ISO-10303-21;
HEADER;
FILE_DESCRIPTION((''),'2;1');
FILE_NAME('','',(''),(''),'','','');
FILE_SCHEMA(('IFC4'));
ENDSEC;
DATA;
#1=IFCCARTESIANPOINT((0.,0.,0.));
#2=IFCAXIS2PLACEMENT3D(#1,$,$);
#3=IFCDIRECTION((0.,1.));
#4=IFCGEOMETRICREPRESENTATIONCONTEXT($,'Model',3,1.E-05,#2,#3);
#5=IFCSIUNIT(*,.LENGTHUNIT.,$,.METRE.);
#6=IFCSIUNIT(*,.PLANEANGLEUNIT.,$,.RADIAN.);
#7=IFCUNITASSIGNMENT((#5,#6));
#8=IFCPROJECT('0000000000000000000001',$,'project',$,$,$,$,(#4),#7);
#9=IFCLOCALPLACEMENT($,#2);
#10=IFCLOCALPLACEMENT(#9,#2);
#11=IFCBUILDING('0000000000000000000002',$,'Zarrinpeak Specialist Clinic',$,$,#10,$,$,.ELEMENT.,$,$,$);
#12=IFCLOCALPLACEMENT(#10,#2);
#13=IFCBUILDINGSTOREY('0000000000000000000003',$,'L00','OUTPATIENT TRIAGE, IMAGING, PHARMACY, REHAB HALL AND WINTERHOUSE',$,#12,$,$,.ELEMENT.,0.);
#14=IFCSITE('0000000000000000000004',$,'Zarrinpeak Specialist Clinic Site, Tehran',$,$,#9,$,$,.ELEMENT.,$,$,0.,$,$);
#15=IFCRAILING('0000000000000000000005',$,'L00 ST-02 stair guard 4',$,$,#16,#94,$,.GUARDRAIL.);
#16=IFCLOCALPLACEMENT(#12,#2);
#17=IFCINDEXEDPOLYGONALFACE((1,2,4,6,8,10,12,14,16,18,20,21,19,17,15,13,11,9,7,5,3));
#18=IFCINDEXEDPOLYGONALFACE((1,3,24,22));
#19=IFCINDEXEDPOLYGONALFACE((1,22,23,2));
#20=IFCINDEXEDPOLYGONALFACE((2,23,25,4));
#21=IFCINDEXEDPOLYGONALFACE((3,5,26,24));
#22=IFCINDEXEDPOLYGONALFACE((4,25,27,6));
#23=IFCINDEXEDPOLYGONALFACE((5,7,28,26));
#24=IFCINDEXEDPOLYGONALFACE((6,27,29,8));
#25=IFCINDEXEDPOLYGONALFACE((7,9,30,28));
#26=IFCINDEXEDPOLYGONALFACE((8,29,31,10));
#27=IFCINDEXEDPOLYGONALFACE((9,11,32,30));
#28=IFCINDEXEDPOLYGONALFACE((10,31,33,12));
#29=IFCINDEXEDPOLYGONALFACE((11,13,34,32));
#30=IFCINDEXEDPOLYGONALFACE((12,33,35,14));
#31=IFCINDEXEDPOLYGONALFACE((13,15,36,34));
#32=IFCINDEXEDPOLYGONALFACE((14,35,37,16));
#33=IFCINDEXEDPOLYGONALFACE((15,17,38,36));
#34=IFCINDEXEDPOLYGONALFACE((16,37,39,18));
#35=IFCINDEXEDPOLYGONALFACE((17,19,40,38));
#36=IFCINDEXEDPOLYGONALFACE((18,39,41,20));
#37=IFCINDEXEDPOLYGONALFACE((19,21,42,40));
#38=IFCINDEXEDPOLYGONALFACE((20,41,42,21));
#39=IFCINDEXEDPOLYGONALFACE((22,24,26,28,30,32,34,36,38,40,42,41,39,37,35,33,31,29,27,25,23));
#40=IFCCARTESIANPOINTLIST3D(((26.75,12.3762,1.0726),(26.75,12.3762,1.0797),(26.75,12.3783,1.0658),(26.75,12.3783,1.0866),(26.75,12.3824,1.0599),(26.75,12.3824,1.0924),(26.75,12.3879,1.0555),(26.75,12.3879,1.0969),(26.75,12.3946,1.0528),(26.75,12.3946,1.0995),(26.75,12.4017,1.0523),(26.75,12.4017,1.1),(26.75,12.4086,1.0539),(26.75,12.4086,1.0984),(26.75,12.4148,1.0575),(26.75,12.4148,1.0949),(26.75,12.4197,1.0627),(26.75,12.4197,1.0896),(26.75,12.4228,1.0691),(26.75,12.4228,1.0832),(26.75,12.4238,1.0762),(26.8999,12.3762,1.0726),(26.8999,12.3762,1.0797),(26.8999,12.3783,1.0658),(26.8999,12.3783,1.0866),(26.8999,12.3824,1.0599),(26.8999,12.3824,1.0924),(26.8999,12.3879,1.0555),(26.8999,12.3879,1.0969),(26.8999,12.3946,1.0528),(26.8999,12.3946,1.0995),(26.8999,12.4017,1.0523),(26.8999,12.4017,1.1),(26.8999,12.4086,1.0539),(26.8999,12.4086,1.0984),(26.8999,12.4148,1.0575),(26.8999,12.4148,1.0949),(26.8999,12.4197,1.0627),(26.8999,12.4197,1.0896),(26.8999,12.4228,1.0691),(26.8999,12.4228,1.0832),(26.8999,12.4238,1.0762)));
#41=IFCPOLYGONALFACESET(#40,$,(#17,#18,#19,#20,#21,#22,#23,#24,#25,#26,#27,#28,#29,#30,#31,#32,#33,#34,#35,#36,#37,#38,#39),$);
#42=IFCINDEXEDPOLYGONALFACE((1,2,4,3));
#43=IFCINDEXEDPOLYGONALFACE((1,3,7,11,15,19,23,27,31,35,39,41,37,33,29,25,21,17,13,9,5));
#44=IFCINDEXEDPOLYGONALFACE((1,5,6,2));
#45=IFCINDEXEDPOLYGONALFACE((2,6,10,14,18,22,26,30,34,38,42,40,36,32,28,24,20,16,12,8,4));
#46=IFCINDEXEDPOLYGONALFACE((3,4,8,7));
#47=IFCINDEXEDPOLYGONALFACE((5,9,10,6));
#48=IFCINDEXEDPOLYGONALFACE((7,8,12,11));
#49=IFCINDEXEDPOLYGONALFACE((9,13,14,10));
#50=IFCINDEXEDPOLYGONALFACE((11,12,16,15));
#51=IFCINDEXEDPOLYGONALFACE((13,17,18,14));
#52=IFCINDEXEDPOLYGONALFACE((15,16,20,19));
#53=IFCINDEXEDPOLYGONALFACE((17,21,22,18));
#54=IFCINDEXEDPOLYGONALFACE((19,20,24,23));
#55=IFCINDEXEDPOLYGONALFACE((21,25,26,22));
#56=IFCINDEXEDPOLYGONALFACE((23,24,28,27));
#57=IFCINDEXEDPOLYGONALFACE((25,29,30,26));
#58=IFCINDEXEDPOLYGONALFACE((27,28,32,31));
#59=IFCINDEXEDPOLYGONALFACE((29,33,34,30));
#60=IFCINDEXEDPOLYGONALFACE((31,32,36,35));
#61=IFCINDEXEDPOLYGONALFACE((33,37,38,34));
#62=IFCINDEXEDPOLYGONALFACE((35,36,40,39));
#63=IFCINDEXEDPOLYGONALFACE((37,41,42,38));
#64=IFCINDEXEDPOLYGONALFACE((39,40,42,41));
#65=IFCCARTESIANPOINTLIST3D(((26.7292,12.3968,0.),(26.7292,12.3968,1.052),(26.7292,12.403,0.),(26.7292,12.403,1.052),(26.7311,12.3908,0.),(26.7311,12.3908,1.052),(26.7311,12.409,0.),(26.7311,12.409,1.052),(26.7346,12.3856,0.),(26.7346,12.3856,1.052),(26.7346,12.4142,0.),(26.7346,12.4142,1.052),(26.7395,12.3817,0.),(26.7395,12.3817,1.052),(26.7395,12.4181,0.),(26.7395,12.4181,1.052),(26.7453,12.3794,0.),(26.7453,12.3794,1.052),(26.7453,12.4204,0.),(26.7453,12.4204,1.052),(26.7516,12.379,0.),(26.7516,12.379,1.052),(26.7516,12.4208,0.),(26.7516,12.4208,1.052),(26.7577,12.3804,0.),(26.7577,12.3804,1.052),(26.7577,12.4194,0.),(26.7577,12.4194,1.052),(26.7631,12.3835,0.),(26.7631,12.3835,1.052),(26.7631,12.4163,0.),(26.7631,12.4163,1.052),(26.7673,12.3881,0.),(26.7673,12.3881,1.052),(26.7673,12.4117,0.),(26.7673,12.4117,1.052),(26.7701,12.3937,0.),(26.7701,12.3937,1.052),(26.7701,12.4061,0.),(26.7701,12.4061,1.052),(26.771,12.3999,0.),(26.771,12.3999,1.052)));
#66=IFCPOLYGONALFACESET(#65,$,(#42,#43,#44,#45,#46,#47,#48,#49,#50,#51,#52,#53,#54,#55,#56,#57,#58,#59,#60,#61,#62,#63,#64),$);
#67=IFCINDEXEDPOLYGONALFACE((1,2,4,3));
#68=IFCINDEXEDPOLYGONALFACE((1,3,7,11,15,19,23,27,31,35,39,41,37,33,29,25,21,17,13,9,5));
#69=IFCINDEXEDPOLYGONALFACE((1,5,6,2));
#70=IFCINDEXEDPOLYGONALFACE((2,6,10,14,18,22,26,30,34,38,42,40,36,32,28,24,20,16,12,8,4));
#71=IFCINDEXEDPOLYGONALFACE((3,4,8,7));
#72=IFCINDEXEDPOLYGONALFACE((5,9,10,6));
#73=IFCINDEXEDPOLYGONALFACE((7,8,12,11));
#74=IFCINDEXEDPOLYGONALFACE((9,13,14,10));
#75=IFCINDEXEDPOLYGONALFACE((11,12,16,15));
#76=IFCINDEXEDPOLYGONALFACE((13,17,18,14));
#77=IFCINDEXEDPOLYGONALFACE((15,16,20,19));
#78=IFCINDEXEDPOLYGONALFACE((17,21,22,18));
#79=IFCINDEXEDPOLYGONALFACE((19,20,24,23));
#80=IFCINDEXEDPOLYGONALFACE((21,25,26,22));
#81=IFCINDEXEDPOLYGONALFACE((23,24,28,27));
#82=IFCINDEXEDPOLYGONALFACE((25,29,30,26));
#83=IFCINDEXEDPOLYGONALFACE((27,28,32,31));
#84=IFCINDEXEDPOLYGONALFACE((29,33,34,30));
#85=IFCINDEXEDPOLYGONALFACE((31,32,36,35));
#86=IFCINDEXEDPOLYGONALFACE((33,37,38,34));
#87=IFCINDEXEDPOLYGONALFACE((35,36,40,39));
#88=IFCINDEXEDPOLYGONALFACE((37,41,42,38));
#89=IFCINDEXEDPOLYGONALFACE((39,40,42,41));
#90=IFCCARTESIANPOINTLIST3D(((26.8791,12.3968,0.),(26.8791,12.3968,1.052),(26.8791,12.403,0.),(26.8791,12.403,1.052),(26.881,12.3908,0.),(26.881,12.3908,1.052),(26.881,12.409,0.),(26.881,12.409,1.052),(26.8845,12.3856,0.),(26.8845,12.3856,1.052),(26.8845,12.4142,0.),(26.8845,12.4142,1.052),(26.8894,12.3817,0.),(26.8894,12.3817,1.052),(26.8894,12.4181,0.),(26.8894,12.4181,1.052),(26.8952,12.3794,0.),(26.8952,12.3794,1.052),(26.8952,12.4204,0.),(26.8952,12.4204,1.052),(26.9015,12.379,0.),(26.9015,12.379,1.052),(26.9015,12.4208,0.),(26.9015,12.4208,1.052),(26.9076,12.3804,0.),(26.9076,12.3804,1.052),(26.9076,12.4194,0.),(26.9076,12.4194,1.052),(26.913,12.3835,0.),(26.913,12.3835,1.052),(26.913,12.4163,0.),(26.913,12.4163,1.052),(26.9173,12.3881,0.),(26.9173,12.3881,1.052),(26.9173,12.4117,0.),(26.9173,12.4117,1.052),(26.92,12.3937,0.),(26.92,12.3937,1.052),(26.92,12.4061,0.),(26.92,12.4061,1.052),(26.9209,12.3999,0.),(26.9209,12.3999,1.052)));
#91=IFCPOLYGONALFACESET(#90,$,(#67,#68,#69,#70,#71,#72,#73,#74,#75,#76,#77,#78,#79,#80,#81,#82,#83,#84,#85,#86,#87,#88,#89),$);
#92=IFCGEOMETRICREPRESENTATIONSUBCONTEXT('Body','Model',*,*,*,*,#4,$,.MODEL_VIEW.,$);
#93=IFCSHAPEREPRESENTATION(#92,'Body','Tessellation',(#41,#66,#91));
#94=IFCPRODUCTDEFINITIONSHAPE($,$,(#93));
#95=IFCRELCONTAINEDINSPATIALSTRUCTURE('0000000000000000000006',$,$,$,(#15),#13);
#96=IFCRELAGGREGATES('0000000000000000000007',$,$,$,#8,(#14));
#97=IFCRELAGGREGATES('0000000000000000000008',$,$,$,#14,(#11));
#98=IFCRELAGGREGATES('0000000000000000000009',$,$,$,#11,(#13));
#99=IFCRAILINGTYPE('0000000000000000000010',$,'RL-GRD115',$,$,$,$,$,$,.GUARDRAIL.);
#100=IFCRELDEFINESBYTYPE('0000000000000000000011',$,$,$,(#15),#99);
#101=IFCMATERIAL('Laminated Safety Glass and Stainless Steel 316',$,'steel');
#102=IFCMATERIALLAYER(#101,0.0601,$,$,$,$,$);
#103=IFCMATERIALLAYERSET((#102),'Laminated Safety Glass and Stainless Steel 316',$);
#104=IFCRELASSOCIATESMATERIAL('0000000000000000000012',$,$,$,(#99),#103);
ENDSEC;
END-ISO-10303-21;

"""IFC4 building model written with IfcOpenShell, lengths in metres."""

from ifc_helpers import new_model, si_unit, direction, frame, origin, origin_2d, place, context, subcontext, project, spatial, circle, extrude, material, layer, layer_set, type_object, element, save


model = new_model("IFC4")

# Units and contexts
model_context = context("Model", 3, precision=1e-05, world=origin(), true_north=direction((0.0, 1.0)))
body_context = subcontext(model_context, "Body", "Model", "MODEL_VIEW")
ifc_project = project(units=[si_unit("LENGTHUNIT", "METRE"), si_unit("PLANEANGLEUNIT", "RADIAN")], contexts=[model_context])

# Site, building, storey
site_placement = place(None, origin())
site = spatial("IfcSite", under=ifc_project, at=site_placement, Name="Zarrinpeak Specialist Clinic Site, Tehran", CompositionType="ELEMENT", RefElevation=0.0)
building_placement = place(site_placement, origin())
building = spatial("IfcBuilding", under=site, at=building_placement, Name="Zarrinpeak Specialist Clinic", CompositionType="ELEMENT")
storey_placement = place(building_placement, origin())
storey = spatial("IfcBuildingStorey", under=building, at=storey_placement, Name="L00", Description="OUTPATIENT TRIAGE, IMAGING, PHARMACY, REHAB HALL AND WINTERHOUSE", CompositionType="ELEMENT", Elevation=0.0)

# Railing
ifc_material_1 = material(Name="Laminated Safety Glass and Stainless Steel 316", Category="steel")
ifc_layer_1 = layer(ifc_material_1, 0.0601)
ifc_layer_set_1 = layer_set([ifc_layer_1], Name="Laminated Safety Glass and Stainless Steel 316")
railing_type_1 = type_object("IfcRailingType", Name="RL-GRD115", PredefinedType="GUARDRAIL", material=ifc_layer_set_1)
railing_1_placement = place(storey_placement, frame((26.75, 12.3999, 0.0)))
element("IfcRailing", 1, at=railing_1_placement, inside=storey, type_object=railing_type_1, Name="L00 ST-02 stair guard 4", PredefinedType="GUARDRAIL", context=body_context, shape_type="SweptSolid", body=[
    extrude(circle(Radius=0.0239, at=origin_2d()), frame((0.0, 0.0, 1.0762), z_axis=(1.0, 0.0, 0.0), x_axis=(0.0, 1.0, 0.0)), (0.0, 0.0, 1.0), 0.1499),
    extrude(circle(Radius=0.021, at=origin_2d()), origin(), (0.0, 0.0, 1.0), 1.052),
    extrude(circle(Radius=0.021, at=origin_2d()), frame((0.1499, 0.0, 0.0)), (0.0, 0.0, 1.0), 1.052),
])

save(model, "model.ifc")
